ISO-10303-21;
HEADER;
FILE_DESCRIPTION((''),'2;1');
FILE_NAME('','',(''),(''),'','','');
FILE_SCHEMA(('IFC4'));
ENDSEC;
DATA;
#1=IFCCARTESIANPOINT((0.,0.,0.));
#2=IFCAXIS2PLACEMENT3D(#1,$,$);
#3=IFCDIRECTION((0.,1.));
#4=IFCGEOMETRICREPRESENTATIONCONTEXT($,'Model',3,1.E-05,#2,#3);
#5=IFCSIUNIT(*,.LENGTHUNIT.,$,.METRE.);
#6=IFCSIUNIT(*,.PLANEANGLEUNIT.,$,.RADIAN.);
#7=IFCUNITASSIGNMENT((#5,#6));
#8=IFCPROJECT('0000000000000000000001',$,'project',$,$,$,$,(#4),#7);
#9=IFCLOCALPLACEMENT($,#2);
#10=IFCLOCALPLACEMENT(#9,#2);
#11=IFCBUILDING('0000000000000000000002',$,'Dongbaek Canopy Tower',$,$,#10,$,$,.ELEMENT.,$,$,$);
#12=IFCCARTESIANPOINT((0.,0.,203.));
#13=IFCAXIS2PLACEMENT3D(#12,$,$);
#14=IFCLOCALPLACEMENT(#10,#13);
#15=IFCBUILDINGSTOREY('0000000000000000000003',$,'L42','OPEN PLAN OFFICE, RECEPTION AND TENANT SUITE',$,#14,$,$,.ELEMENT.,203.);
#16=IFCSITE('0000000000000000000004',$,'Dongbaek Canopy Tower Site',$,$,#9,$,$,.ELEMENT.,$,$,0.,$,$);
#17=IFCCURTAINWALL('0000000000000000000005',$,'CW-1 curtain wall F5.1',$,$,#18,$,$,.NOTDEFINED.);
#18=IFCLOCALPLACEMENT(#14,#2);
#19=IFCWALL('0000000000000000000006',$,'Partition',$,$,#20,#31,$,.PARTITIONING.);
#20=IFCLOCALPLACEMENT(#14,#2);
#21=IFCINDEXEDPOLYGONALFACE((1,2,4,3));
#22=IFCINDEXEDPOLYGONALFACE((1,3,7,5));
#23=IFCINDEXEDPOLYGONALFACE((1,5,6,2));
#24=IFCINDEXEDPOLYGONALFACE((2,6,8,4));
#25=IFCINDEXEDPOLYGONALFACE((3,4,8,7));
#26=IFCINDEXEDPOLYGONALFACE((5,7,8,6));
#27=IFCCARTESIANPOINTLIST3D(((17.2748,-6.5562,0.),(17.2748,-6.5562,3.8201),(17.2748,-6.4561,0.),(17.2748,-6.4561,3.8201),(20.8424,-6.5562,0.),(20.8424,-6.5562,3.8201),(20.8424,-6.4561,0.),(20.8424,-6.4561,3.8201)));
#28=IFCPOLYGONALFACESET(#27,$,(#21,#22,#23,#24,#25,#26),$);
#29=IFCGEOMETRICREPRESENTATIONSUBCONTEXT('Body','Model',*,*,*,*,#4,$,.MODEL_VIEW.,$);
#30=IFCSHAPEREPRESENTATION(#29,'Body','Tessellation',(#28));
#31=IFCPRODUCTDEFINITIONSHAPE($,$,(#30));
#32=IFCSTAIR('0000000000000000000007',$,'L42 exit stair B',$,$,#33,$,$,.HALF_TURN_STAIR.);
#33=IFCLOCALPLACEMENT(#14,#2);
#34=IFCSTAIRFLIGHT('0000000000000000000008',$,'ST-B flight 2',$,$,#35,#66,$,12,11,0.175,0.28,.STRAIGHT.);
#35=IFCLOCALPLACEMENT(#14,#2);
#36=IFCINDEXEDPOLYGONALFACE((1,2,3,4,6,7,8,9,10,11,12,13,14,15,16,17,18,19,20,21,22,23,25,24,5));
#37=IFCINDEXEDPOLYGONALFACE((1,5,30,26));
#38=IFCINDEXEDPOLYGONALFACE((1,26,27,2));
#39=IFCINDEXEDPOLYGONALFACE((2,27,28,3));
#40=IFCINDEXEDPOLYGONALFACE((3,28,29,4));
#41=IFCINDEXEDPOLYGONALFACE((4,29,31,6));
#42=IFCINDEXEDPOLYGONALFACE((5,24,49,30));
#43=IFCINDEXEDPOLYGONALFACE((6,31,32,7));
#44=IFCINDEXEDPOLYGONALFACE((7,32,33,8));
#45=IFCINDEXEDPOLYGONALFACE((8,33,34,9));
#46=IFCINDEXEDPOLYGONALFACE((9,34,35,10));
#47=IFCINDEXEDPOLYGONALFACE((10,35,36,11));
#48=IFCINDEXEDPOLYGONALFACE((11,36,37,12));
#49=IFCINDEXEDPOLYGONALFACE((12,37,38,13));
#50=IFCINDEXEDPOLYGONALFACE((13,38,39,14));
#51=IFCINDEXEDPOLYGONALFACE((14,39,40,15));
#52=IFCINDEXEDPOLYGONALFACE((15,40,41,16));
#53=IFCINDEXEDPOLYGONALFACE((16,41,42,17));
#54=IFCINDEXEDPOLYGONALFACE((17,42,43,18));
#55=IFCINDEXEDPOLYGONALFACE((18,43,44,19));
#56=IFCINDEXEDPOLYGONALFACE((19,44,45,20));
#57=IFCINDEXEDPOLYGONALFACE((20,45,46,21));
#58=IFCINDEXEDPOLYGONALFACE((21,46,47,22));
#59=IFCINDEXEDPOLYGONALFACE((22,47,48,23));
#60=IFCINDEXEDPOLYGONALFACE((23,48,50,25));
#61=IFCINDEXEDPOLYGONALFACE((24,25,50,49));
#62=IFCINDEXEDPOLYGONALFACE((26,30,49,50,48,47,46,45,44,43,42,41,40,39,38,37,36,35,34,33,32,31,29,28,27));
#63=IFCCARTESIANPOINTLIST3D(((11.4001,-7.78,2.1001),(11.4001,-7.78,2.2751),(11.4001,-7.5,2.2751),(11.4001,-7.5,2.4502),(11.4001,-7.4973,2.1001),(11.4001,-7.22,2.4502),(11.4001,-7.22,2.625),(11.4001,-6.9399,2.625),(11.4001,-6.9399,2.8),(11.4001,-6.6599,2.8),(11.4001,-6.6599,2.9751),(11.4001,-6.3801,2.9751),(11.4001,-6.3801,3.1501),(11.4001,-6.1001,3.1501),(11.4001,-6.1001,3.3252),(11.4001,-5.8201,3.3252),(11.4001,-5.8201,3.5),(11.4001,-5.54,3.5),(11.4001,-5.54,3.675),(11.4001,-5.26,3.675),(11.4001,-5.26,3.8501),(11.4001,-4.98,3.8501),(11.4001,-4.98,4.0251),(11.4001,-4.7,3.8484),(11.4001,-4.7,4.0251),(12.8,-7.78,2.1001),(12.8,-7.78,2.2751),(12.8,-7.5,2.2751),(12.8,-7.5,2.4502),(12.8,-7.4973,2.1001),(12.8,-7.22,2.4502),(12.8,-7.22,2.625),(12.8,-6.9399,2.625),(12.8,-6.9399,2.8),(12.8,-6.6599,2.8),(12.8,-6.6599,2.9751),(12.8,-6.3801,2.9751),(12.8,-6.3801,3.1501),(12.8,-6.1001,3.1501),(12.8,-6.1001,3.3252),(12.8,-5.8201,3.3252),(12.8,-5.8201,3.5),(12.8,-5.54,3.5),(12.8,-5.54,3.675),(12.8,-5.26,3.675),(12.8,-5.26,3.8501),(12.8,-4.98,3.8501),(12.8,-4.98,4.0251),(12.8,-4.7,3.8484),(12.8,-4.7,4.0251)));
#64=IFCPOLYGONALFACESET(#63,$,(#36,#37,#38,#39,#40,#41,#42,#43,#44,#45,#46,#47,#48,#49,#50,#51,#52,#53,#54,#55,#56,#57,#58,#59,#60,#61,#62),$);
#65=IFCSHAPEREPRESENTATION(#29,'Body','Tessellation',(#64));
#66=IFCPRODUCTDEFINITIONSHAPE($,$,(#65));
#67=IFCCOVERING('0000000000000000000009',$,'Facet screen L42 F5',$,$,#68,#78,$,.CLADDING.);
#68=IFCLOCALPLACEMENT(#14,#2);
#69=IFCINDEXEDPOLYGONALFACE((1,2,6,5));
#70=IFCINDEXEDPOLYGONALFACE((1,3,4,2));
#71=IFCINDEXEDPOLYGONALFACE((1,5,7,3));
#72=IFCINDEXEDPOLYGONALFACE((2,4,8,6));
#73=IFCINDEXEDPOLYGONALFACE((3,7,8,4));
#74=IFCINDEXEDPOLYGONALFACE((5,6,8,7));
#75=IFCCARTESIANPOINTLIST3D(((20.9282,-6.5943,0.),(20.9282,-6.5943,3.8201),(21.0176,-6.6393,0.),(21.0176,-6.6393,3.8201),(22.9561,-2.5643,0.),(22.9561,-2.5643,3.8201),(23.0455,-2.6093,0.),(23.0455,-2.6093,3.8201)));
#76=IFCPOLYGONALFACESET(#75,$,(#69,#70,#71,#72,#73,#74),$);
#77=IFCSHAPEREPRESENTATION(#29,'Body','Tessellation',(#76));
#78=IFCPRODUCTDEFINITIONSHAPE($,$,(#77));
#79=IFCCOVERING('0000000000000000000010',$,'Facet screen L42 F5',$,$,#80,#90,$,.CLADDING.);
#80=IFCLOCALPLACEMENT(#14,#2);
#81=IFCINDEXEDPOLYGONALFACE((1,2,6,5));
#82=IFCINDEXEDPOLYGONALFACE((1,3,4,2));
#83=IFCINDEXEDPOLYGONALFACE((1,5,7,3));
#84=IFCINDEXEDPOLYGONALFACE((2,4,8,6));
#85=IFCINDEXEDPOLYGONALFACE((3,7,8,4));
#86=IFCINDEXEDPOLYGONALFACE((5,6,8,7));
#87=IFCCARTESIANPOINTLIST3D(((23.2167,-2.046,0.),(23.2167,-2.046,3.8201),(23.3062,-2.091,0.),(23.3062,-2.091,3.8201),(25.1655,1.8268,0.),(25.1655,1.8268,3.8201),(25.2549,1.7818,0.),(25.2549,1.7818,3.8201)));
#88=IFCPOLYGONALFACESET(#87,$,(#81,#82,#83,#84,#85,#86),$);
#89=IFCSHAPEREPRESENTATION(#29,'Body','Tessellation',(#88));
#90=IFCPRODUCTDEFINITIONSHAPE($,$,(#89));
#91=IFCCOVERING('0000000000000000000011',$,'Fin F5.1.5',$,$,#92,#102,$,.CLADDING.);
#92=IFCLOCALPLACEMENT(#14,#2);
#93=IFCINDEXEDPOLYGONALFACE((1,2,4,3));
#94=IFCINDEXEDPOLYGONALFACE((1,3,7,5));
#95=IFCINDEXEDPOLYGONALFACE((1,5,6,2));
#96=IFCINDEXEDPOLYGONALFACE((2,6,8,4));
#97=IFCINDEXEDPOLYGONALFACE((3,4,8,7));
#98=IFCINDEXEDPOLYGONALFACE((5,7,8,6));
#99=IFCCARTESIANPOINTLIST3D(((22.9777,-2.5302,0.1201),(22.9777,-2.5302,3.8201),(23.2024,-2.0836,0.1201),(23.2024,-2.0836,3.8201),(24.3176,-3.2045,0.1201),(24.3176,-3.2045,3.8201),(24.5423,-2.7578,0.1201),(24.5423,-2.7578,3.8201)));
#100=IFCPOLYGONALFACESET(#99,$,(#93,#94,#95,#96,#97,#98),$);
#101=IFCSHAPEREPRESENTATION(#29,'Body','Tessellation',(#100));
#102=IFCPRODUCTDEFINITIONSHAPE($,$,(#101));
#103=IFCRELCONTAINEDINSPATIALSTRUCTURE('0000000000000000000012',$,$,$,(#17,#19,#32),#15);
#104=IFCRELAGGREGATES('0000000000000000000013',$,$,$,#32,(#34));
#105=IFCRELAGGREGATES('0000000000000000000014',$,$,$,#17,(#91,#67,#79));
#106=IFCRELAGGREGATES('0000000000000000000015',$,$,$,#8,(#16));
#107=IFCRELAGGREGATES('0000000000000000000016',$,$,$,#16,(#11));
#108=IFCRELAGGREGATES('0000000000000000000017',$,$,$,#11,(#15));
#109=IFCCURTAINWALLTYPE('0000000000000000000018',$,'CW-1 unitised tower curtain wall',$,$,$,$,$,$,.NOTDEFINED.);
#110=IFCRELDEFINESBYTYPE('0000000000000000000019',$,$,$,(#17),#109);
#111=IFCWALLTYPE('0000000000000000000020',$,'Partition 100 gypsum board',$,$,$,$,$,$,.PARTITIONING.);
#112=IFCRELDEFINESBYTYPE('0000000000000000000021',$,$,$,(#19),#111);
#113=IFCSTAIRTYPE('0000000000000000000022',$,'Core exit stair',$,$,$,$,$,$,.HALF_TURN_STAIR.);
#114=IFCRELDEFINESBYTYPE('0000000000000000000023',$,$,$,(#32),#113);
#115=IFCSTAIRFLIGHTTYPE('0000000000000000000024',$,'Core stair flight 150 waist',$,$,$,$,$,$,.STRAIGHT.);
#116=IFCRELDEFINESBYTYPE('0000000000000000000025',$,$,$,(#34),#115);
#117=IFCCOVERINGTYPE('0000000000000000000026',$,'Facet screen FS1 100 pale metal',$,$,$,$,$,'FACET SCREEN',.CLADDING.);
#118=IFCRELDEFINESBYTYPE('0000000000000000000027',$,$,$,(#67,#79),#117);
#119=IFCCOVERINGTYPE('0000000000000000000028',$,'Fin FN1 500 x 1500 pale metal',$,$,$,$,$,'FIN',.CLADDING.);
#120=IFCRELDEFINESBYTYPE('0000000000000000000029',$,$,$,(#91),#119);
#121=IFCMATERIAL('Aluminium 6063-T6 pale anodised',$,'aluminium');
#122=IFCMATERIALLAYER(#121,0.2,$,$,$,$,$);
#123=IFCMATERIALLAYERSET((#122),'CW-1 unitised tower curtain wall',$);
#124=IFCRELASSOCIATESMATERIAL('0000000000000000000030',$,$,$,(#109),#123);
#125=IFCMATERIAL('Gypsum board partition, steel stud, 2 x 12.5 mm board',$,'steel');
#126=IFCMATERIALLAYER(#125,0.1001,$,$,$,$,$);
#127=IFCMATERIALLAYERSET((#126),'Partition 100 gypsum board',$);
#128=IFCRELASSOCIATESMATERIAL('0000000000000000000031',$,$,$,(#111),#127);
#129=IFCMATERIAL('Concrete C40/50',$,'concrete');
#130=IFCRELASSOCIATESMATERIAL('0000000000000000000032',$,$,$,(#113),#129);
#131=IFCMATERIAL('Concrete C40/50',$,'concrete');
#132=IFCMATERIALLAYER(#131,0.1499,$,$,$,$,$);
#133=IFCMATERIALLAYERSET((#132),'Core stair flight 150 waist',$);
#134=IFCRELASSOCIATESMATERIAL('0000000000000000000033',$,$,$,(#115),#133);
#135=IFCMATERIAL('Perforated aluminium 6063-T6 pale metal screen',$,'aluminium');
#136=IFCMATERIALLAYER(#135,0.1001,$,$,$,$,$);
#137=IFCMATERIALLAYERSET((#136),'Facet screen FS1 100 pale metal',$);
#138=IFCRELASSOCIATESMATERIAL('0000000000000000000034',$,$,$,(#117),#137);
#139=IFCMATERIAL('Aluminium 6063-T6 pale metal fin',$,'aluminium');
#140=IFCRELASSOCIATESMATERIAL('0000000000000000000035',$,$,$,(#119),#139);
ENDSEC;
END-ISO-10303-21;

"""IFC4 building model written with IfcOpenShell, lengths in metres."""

from ifc_helpers import new_model, si_unit, direction, frame, frame_2d, origin, origin_2d, place, context, subcontext, project, spatial, polyline, rectangle, outline, extrude, material, layer, layer_set, material_profile, profile_set, type_object, element, aggregate, save


model = new_model("IFC4")

# Units and contexts
model_context = context("Model", 3, precision=1e-05, world=origin(), true_north=direction((0.0, 1.0)))
body_context = subcontext(model_context, "Body", "Model", "MODEL_VIEW")
ifc_project = project(units=[si_unit("LENGTHUNIT", "METRE"), si_unit("PLANEANGLEUNIT", "RADIAN")], contexts=[model_context])

# Site, building, storey
site_placement = place(None, origin())
site = spatial("IfcSite", under=ifc_project, at=site_placement, Name="Dongbaek Canopy Tower Site", CompositionType="ELEMENT", RefElevation=0.0)
building_placement = place(site_placement, origin())
building = spatial("IfcBuilding", under=site, at=building_placement, Name="Dongbaek Canopy Tower", CompositionType="ELEMENT")
storey_placement = place(building_placement, frame((0.0, 0.0, 203.0)))
storey = spatial("IfcBuildingStorey", under=building, at=storey_placement, Name="L42", Description="OPEN PLAN OFFICE, RECEPTION AND TENANT SUITE", CompositionType="ELEMENT", Elevation=203.0)

# Curtain wall
ifc_material_1 = material(Name="Aluminium 6063-T6 pale anodised", Category="aluminium")
ifc_layer_1 = layer(ifc_material_1, 0.2)
ifc_layer_set_1 = layer_set([ifc_layer_1], Name="CW-1 unitised tower curtain wall")
curtain_wall_type = type_object("IfcCurtainWallType", Name="CW-1 unitised tower curtain wall", PredefinedType="NOTDEFINED", material=ifc_layer_set_1)
curtain_wall_placement = place(storey_placement, origin())
curtain_wall = element("IfcCurtainWall", 1, at=curtain_wall_placement, inside=storey, type_object=curtain_wall_type, Name="CW-1 curtain wall F5.1", PredefinedType="NOTDEFINED")

# Wall
ifc_material_2 = material(Name="Gypsum board partition, steel stud, 2 x 12.5 mm board", Category="steel")
ifc_layer_2 = layer(ifc_material_2, 0.1001)
ifc_layer_set_2 = layer_set([ifc_layer_2], Name="Partition 100 gypsum board")
wall_type_1 = type_object("IfcWallType", Name="Partition 100 gypsum board", PredefinedType="PARTITIONING", material=ifc_layer_set_2)
wall_1_placement = place(storey_placement, frame((17.2749, -6.5061, 0.0), z_axis=(0.0, 0.0, 1.0), x_axis=(1.0, 0.0, 0.0)))
element("IfcWall", 2, at=wall_1_placement, inside=storey, type_object=wall_type_1, Name="Partition", PredefinedType="PARTITIONING", context=body_context, shape_type="SweptSolid", body=[
    extrude(rectangle(XDim=3.5676, YDim=0.1001, at=frame_2d((1.7837, 0.0))), origin(), (0.0, 0.0, 1.0), 3.8201),
])

# Stair, stair flight
ifc_material_3 = material(Name="Concrete C40/50", Category="concrete")
stair_type = type_object("IfcStairType", Name="Core exit stair", PredefinedType="HALF_TURN_STAIR", material=ifc_material_3)
stair_placement = place(storey_placement, origin())
stair = element("IfcStair", 3, at=stair_placement, inside=storey, type_object=stair_type, Name="L42 exit stair B", PredefinedType="HALF_TURN_STAIR")
ifc_material_4 = material(Name="Concrete C40/50", Category="concrete")
ifc_layer_3 = layer(ifc_material_4, 0.1499)
ifc_layer_set_3 = layer_set([ifc_layer_3], Name="Core stair flight 150 waist")
stair_flight_type = type_object("IfcStairFlightType", Name="Core stair flight 150 waist", PredefinedType="STRAIGHT", material=ifc_layer_set_3)
stair_flight_placement = place(storey_placement, frame((12.1001, -7.78, 2.1001), z_axis=(0.0, 0.0, 1.0), x_axis=(0.0, 1.0, 0.0)))
stair_flight = element("IfcStairFlight", 4, at=stair_flight_placement, type_object=stair_flight_type, Name="ST-B flight 2", NumberOfRisers=12, NumberOfTreads=11, PredefinedType="STRAIGHT", RiserHeight=0.175, TreadLength=0.28, context=body_context, shape_type="SweptSolid", body=[
    extrude(outline(polyline([(0.0, 0.0), (0.0, 0.175), (0.28, 0.175), (0.28, 0.3501), (0.5601, 0.3501), (0.5601, 0.5249), (0.8401, 0.5249), (0.8401, 0.7), (1.1201, 0.7), (1.1201, 0.875), (1.3999, 0.875), (1.3999, 1.05), (1.6799, 1.05), (1.6799, 1.2251), (1.96, 1.2251), (1.96, 1.3999), (2.24, 1.3999), (2.24, 1.575), (2.52, 1.575), (2.52, 1.75), (2.8, 1.75), (2.8, 1.925), (3.0801, 1.925), (3.0801, 2.1001), (3.0801, 1.7483), (0.2827, 0.0), (0.0, 0.0)])), frame((0.0, 0.7, 0.0), z_axis=(0.0, -1.0, 0.0), x_axis=(1.0, 0.0, 0.0)), (0.0, 0.0, 1.0), 1.3999),
])
aggregate(stair, [stair_flight])

# Coverings
ifc_material_5 = material(Name="Perforated aluminium 6063-T6 pale metal screen", Category="aluminium")
ifc_layer_4 = layer(ifc_material_5, 0.1001)
ifc_layer_set_4 = layer_set([ifc_layer_4], Name="Facet screen FS1 100 pale metal")
covering_type_1 = type_object("IfcCoveringType", Name="Facet screen FS1 100 pale metal", ElementType="FACET SCREEN", PredefinedType="CLADDING", material=ifc_layer_set_4)
covering_1_placement = place(storey_placement, frame((21.9868, -4.6018, 0.0), z_axis=(0.0, 0.0, 1.0), x_axis=(0.449498, 0.893281, 0.0)))
covering_1 = element("IfcCovering", 5, at=covering_1_placement, type_object=covering_type_1, Name="Facet screen L42 F5", PredefinedType="CLADDING", context=body_context, shape_type="SweptSolid", body=[
    extrude(rectangle(XDim=4.5115, YDim=0.1001, at=origin_2d()), origin(), (0.0, 0.0, 1.0), 3.8201),
])
covering_2_placement = place(storey_placement, frame((24.2358, -0.1321, 0.0), z_axis=(0.0, 0.0, 1.0), x_axis=(0.449498, 0.893281, 0.0)))
covering_2 = element("IfcCovering", 6, at=covering_2_placement, type_object=covering_type_1, Name="Facet screen L42 F5", PredefinedType="CLADDING", context=body_context, shape_type="SweptSolid", body=[
    extrude(rectangle(XDim=4.3354, YDim=0.1001, at=origin_2d()), origin(), (0.0, 0.0, 1.0), 3.8201),
])
ifc_material_6 = material(Name="Aluminium 6063-T6 pale metal fin", Category="aluminium")
ifc_material_profile_1 = material_profile(ifc_material_6, rectangle(XDim=1.5, YDim=0.5, at=origin_2d()), Name="Fin FN1 500 x 1500 pale metal")
ifc_profile_set_1 = profile_set([ifc_material_profile_1], Name="Aluminium 6063-T6 pale metal fin")
covering_type_2 = type_object("IfcCoveringType", Name="Fin FN1 500 x 1500 pale metal", ElementType="FIN", PredefinedType="CLADDING", material=ifc_profile_set_1)
covering_3_placement = place(storey_placement, frame((23.76, -2.644, 0.1201), z_axis=(0.0, 0.0, 1.0), x_axis=(0.893281, -0.449499, 0.0)))
covering_3 = element("IfcCovering", 7, at=covering_3_placement, type_object=covering_type_2, Name="Fin F5.1.5", PredefinedType="CLADDING", context=body_context, shape_type="SweptSolid", body=[
    extrude(rectangle(XDim=1.5, YDim=0.5, at=origin_2d()), origin(), (0.0, 0.0, 1.0), 3.7),
])
aggregate(curtain_wall, [covering_3, covering_1, covering_2])

save(model, "model.ifc")
